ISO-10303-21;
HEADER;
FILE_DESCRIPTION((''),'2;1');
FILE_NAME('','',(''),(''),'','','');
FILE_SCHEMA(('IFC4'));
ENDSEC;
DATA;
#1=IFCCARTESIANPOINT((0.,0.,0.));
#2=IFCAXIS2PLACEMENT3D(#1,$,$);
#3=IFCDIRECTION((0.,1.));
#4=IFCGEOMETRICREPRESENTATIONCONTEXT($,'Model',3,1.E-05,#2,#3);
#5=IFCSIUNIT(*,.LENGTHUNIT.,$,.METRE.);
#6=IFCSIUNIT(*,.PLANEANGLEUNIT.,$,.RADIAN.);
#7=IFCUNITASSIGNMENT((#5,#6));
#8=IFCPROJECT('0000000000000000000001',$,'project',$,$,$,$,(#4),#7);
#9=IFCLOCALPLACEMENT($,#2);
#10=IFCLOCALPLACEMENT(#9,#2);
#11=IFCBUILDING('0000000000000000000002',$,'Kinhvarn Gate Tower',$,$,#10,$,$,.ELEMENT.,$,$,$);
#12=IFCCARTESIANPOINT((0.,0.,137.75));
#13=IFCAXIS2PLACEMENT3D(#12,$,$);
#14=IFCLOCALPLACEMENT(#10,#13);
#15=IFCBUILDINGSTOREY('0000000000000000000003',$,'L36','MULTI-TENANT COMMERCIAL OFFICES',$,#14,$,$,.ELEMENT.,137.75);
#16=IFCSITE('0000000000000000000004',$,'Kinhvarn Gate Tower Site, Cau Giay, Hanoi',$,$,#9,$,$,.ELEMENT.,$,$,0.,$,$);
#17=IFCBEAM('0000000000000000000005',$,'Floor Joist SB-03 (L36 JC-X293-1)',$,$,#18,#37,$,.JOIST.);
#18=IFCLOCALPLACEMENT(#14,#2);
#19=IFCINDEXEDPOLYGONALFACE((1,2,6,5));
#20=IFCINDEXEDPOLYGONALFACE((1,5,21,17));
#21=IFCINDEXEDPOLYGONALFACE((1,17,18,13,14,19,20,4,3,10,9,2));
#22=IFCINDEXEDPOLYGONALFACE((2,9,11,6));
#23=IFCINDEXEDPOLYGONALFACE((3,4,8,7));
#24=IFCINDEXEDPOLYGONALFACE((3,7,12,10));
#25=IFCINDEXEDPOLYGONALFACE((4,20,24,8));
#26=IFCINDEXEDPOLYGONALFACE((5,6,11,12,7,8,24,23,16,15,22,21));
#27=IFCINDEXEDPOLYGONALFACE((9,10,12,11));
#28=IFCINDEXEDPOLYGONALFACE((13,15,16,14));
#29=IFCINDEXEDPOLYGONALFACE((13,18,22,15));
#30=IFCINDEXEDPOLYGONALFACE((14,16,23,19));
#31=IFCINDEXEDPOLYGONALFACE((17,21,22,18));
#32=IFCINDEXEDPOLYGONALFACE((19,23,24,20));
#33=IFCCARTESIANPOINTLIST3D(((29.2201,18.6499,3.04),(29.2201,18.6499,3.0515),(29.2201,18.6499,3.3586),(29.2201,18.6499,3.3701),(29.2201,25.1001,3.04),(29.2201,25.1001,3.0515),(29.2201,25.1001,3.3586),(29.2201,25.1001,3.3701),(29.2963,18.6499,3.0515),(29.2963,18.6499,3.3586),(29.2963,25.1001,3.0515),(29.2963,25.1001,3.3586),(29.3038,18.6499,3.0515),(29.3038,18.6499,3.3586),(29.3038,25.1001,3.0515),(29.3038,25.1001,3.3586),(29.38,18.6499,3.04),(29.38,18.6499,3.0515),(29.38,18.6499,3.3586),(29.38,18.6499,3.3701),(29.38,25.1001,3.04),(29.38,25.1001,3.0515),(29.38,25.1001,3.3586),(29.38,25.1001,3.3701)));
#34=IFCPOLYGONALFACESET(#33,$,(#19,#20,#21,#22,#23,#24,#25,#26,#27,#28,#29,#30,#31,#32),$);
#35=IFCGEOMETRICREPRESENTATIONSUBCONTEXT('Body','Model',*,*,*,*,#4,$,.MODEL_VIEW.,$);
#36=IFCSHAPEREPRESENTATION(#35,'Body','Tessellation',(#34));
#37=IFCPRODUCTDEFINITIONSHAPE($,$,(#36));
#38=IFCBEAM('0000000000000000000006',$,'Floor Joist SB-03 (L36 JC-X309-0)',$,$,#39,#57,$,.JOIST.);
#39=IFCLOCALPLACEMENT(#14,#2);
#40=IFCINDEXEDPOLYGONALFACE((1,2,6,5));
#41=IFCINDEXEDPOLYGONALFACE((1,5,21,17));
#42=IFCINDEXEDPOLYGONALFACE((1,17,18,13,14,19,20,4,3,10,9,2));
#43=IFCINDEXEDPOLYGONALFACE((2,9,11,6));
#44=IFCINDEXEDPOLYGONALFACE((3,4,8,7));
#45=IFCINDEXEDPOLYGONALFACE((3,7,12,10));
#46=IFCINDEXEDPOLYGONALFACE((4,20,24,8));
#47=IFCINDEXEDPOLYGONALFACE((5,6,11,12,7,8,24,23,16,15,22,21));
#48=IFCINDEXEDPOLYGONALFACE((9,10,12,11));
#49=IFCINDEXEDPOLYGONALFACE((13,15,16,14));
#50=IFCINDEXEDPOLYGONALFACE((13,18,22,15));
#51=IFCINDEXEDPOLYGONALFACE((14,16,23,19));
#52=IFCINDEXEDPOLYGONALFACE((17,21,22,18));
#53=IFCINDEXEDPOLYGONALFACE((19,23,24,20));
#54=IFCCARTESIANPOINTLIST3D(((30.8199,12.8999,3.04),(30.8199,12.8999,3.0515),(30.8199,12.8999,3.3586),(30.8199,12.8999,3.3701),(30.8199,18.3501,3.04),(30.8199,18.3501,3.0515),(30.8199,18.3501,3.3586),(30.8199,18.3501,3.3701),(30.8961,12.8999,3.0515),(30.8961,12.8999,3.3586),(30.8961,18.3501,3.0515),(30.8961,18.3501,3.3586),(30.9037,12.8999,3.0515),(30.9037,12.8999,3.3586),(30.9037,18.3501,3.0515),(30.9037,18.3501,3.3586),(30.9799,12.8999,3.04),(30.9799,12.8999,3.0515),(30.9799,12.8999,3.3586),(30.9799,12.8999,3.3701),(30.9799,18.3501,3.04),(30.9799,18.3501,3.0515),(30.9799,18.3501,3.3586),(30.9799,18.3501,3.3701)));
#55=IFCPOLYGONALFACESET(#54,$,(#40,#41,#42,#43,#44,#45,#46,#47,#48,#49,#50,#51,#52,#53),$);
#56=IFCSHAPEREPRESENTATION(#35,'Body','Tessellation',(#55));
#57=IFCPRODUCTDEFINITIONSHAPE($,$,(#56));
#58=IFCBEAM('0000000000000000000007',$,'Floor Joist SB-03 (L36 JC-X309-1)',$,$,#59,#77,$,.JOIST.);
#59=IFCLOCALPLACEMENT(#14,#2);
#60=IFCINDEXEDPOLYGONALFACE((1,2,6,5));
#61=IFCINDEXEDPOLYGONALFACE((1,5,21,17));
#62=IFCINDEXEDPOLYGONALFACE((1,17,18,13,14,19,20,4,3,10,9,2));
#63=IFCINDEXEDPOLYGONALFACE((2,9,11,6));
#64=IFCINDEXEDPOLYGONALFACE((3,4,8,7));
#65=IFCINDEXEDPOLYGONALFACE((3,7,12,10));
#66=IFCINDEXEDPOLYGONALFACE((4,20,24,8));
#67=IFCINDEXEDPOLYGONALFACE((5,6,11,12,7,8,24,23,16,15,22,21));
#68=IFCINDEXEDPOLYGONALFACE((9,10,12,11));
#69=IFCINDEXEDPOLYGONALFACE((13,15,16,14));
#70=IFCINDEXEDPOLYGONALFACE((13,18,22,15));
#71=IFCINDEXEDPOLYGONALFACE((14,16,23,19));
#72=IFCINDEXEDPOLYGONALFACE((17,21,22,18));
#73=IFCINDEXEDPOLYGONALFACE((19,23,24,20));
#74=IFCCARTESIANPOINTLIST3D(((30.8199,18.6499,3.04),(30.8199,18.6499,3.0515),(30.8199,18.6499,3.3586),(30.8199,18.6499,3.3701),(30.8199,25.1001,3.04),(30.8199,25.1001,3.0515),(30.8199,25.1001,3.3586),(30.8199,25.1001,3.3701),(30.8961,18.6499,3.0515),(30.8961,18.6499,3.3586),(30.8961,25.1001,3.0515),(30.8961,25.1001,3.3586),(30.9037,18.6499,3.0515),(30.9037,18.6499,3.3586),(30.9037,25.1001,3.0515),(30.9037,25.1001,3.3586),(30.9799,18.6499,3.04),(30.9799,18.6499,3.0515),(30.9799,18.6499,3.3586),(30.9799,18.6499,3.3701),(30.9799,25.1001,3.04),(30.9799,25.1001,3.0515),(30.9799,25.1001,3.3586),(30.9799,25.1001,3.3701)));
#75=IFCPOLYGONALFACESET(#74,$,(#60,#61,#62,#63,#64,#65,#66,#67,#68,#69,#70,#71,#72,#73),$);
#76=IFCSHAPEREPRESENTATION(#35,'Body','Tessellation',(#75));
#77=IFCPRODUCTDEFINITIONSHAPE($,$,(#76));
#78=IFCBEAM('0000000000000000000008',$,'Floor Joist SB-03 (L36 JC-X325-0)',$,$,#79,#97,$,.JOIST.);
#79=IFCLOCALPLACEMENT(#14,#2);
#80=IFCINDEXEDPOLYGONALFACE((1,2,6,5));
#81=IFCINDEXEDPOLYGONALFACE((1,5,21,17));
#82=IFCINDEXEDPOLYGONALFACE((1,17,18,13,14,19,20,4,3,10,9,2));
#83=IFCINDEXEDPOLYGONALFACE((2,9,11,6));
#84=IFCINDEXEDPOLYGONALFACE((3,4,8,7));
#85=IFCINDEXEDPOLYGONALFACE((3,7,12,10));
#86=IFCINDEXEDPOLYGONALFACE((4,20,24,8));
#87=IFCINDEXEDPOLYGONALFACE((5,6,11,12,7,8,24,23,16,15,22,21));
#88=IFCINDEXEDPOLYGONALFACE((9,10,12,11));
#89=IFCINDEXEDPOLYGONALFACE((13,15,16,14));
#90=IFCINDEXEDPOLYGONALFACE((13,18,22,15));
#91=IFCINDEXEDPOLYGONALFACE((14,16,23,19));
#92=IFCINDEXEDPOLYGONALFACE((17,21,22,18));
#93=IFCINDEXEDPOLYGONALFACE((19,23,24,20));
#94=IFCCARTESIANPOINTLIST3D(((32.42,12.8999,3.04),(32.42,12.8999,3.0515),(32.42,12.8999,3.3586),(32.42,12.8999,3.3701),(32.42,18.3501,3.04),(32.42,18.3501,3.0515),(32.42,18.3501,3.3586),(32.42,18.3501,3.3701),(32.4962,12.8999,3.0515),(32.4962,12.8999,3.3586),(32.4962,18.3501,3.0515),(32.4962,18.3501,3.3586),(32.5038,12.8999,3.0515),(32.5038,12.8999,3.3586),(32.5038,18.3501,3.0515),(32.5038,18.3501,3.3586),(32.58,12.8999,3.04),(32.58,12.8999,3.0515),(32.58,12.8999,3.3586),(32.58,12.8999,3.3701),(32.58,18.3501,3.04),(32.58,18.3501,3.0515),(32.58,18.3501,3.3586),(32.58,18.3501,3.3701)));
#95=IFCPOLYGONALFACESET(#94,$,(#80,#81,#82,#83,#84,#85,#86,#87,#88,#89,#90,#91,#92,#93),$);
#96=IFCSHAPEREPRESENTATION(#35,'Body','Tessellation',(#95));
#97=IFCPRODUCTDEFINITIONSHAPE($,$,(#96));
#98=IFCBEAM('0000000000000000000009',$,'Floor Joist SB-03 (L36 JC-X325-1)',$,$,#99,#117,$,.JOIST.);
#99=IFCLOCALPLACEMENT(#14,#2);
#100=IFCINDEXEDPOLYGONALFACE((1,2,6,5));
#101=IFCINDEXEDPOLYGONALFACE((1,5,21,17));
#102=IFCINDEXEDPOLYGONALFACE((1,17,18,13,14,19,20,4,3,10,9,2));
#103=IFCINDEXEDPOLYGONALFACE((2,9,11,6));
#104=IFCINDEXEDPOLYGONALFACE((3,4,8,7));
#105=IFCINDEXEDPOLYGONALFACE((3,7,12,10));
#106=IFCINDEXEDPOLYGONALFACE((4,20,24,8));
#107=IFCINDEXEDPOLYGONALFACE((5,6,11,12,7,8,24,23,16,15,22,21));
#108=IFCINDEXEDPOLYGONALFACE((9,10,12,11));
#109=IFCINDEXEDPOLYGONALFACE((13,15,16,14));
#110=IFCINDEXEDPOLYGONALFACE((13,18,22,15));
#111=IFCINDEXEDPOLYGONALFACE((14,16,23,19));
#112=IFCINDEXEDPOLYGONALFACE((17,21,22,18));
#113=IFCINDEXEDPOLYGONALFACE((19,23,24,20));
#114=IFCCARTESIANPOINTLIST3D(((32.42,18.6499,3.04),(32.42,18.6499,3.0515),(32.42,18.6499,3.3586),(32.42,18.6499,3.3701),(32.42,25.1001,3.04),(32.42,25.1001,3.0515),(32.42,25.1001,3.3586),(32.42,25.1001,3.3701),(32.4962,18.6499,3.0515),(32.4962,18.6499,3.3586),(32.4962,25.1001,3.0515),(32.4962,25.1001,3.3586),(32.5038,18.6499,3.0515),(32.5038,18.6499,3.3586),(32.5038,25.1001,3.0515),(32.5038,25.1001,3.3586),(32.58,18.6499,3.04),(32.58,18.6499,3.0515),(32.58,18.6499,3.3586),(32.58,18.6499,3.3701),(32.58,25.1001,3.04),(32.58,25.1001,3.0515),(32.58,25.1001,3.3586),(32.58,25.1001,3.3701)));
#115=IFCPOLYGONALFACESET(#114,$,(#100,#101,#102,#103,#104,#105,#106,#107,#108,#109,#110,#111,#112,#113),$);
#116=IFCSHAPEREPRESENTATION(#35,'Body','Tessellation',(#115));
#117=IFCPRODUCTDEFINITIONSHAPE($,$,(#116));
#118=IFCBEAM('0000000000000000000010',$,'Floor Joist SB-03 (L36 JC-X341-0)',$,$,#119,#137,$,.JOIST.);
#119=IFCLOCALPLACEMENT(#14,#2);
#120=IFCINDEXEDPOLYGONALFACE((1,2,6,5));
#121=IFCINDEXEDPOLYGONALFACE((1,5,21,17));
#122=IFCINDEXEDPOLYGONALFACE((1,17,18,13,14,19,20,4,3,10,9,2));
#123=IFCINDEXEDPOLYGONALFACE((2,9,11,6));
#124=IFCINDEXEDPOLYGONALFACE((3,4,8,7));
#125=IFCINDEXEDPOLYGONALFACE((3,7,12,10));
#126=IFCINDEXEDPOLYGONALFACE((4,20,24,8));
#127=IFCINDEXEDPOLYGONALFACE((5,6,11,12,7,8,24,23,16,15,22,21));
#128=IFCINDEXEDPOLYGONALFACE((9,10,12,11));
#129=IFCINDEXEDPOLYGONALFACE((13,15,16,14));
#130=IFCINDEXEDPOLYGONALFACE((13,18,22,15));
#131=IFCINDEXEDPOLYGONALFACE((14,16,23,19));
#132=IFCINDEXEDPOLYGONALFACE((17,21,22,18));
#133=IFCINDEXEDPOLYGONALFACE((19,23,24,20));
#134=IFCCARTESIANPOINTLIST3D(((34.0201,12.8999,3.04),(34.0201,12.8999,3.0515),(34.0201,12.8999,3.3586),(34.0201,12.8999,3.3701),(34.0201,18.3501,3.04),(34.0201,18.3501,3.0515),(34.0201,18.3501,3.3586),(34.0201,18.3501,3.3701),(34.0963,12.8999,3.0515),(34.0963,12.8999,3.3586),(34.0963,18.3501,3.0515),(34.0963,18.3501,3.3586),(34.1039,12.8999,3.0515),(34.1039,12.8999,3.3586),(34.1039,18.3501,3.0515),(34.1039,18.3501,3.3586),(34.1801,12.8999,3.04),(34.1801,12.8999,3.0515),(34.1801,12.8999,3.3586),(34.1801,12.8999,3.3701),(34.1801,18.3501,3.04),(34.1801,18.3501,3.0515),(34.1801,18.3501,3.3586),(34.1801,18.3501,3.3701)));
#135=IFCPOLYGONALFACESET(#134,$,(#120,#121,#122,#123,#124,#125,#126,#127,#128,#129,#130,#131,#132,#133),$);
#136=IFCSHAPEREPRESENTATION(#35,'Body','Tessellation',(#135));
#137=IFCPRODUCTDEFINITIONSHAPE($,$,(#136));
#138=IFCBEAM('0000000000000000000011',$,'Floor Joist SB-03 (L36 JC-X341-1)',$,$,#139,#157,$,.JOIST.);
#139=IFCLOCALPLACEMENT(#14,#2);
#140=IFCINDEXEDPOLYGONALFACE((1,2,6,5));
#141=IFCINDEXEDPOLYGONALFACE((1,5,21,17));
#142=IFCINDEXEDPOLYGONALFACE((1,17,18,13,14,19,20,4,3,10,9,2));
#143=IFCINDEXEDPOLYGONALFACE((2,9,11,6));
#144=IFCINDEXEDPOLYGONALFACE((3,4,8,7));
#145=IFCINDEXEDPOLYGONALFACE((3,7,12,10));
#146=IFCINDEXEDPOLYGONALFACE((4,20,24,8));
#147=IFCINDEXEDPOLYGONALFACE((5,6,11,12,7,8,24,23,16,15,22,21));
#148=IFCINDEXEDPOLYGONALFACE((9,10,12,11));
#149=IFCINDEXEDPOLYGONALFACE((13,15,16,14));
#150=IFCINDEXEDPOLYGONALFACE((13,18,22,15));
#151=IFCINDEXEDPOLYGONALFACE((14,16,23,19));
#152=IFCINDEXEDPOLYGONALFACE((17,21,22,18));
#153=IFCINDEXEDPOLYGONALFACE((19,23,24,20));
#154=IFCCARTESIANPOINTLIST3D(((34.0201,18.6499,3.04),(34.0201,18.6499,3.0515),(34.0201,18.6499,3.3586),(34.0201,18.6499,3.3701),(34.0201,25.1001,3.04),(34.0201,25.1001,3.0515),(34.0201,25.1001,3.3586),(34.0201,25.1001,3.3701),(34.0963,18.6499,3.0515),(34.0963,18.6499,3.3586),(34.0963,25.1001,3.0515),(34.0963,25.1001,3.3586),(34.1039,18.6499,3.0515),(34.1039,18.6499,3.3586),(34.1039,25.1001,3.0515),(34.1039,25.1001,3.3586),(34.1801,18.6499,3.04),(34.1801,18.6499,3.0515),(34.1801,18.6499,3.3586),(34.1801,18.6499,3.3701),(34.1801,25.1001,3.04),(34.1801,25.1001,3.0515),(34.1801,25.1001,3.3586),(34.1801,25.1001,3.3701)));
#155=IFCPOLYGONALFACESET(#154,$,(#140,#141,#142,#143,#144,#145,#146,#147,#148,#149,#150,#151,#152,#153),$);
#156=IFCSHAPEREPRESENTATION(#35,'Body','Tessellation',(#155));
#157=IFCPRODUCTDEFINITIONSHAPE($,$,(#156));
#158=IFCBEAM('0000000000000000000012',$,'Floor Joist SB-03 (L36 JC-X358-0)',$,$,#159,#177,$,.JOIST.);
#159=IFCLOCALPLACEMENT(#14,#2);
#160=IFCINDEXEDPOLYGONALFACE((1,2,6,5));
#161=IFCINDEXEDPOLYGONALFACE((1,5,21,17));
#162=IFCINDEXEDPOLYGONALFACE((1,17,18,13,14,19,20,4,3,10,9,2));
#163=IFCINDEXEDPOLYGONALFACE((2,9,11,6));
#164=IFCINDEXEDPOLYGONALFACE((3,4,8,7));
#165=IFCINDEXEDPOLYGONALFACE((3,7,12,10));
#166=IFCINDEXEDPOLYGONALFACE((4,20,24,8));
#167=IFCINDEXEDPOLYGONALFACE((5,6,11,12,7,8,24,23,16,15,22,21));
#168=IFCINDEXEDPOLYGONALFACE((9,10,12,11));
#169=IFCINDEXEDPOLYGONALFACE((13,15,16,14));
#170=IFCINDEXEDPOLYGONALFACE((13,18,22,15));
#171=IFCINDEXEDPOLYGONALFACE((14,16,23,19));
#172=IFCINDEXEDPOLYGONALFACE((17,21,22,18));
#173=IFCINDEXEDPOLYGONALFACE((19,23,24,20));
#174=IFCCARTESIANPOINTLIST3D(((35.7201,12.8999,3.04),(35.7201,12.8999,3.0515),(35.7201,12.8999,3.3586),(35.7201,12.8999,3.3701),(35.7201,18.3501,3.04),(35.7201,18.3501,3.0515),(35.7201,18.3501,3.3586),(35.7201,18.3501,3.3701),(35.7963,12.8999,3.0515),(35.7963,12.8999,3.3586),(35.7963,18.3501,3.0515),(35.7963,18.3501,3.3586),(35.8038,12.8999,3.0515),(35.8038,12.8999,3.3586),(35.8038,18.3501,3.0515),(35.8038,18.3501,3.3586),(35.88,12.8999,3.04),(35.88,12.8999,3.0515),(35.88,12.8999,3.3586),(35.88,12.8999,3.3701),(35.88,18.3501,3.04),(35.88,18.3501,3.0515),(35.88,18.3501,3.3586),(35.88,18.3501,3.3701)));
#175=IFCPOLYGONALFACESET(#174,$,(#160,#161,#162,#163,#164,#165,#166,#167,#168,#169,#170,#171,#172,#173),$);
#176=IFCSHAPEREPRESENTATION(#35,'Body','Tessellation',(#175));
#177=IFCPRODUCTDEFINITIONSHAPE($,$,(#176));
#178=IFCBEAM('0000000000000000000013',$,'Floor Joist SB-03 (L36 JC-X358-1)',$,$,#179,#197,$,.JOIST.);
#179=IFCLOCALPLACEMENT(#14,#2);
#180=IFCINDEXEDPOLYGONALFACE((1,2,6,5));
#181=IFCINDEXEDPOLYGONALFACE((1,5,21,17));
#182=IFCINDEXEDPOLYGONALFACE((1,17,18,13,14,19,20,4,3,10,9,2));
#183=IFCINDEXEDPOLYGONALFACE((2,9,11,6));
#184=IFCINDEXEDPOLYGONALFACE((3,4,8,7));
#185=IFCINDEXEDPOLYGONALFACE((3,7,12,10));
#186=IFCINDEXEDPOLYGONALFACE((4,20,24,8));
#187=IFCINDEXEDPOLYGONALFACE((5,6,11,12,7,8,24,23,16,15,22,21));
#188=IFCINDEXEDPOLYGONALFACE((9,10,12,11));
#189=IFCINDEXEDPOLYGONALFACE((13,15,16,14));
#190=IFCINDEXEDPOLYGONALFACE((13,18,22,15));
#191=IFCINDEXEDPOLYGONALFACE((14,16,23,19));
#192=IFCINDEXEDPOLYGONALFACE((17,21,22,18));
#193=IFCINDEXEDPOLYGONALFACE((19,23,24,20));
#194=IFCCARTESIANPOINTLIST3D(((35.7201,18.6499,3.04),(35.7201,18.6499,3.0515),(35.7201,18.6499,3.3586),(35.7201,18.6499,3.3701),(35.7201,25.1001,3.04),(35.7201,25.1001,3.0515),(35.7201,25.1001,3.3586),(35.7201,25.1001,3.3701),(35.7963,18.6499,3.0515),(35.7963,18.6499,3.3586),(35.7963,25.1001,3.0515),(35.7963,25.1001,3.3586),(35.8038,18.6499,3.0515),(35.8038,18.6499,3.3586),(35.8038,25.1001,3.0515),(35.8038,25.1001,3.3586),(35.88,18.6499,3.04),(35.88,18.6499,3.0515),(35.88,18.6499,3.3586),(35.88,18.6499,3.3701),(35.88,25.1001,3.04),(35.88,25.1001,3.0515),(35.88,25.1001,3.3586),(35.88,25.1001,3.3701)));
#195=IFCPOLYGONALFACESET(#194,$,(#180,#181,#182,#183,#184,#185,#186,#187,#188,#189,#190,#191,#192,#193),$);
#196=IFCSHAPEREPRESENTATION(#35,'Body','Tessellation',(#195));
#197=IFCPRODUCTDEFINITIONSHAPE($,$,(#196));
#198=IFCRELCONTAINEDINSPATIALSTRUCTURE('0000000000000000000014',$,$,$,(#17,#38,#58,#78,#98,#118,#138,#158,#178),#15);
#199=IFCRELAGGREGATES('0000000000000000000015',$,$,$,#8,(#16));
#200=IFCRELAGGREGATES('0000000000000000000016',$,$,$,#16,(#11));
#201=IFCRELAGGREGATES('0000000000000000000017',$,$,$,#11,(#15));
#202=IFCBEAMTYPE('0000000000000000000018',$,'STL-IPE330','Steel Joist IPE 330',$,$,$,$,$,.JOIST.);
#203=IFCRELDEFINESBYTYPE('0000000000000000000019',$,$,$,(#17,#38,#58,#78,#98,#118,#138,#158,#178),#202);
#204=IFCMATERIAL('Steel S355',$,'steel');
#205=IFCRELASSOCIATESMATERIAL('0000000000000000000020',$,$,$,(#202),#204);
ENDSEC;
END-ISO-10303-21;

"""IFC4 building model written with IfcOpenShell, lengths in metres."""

from ifc_helpers import new_model, si_unit, direction, frame, origin, origin_2d, place, context, subcontext, project, spatial, i_section, extrude, material, material_profile, profile_set, type_object, element, save


model = new_model("IFC4")

# Units and contexts
model_context = context("Model", 3, precision=1e-05, world=origin(), true_north=direction((0.0, 1.0)))
body_context = subcontext(model_context, "Body", "Model", "MODEL_VIEW")
ifc_project = project(units=[si_unit("LENGTHUNIT", "METRE"), si_unit("PLANEANGLEUNIT", "RADIAN")], contexts=[model_context])

# Site, building, storey
site_placement = place(None, origin())
site = spatial("IfcSite", under=ifc_project, at=site_placement, Name="Kinhvarn Gate Tower Site, Cau Giay, Hanoi", CompositionType="ELEMENT", RefElevation=0.0)
building_placement = place(site_placement, origin())
building = spatial("IfcBuilding", under=site, at=building_placement, Name="Kinhvarn Gate Tower", CompositionType="ELEMENT")
storey_placement = place(building_placement, frame((0.0, 0.0, 137.75)))
storey = spatial("IfcBuildingStorey", under=building, at=storey_placement, Name="L36", Description="MULTI-TENANT COMMERCIAL OFFICES", CompositionType="ELEMENT", Elevation=137.75)

# Beams
ifc_material_1 = material(Name="Steel S355", Category="steel")
ifc_material_profile_1 = material_profile(ifc_material_1, i_section(OverallWidth=0.1599, OverallDepth=0.3301, WebThickness=0.0076, FlangeThickness=0.0115, at=origin_2d()), Name="IPE 330")
ifc_profile_set_1 = profile_set([ifc_material_profile_1], Name="Steel S355")
beam_type_1 = type_object("IfcBeamType", Name="STL-IPE330", Description="Steel Joist IPE 330", PredefinedType="JOIST", material=ifc_profile_set_1)
beam_1_placement = place(storey_placement, frame((29.3, 18.6499, 3.2051), z_axis=(0.0, 1.0, 0.0), x_axis=(-1.0, 0.0, 0.0)))
element("IfcBeam", 1, at=beam_1_placement, inside=storey, type_object=beam_type_1, Name="Floor Joist SB-03 (L36 JC-X293-1)", PredefinedType="JOIST", context=body_context, shape_type="SweptSolid", body=[
    extrude(i_section(OverallWidth=0.1599, OverallDepth=0.3301, WebThickness=0.0076, FlangeThickness=0.0115, at=origin_2d()), origin(), (0.0, 0.0, 1.0), 6.4502),
])
beam_2_placement = place(storey_placement, frame((30.8999, 12.8999, 3.2051), z_axis=(0.0, 1.0, 0.0), x_axis=(-1.0, 0.0, 0.0)))
element("IfcBeam", 2, at=beam_2_placement, inside=storey, type_object=beam_type_1, Name="Floor Joist SB-03 (L36 JC-X309-0)", PredefinedType="JOIST", context=body_context, shape_type="SweptSolid", body=[
    extrude(i_section(OverallWidth=0.1599, OverallDepth=0.3301, WebThickness=0.0076, FlangeThickness=0.0115, at=origin_2d()), origin(), (0.0, 0.0, 1.0), 5.4502),
])
beam_3_placement = place(storey_placement, frame((30.8999, 18.6499, 3.2051), z_axis=(0.0, 1.0, 0.0), x_axis=(-1.0, 0.0, 0.0)))
element("IfcBeam", 3, at=beam_3_placement, inside=storey, type_object=beam_type_1, Name="Floor Joist SB-03 (L36 JC-X309-1)", PredefinedType="JOIST", context=body_context, shape_type="SweptSolid", body=[
    extrude(i_section(OverallWidth=0.1599, OverallDepth=0.3301, WebThickness=0.0076, FlangeThickness=0.0115, at=origin_2d()), origin(), (0.0, 0.0, 1.0), 6.4502),
])
beam_4_placement = place(storey_placement, frame((32.5, 12.8999, 3.2051), z_axis=(0.0, 1.0, 0.0), x_axis=(-1.0, 0.0, 0.0)))
element("IfcBeam", 4, at=beam_4_placement, inside=storey, type_object=beam_type_1, Name="Floor Joist SB-03 (L36 JC-X325-0)", PredefinedType="JOIST", context=body_context, shape_type="SweptSolid", body=[
    extrude(i_section(OverallWidth=0.1599, OverallDepth=0.3301, WebThickness=0.0076, FlangeThickness=0.0115, at=origin_2d()), origin(), (0.0, 0.0, 1.0), 5.4502),
])
beam_5_placement = place(storey_placement, frame((32.5, 18.6499, 3.2051), z_axis=(0.0, 1.0, 0.0), x_axis=(-1.0, 0.0, 0.0)))
element("IfcBeam", 5, at=beam_5_placement, inside=storey, type_object=beam_type_1, Name="Floor Joist SB-03 (L36 JC-X325-1)", PredefinedType="JOIST", context=body_context, shape_type="SweptSolid", body=[
    extrude(i_section(OverallWidth=0.1599, OverallDepth=0.3301, WebThickness=0.0076, FlangeThickness=0.0115, at=origin_2d()), origin(), (0.0, 0.0, 1.0), 6.4502),
])
beam_6_placement = place(storey_placement, frame((34.1001, 12.8999, 3.2051), z_axis=(0.0, 1.0, 0.0), x_axis=(-1.0, 0.0, 0.0)))
element("IfcBeam", 6, at=beam_6_placement, inside=storey, type_object=beam_type_1, Name="Floor Joist SB-03 (L36 JC-X341-0)", PredefinedType="JOIST", context=body_context, shape_type="SweptSolid", body=[
    extrude(i_section(OverallWidth=0.1599, OverallDepth=0.3301, WebThickness=0.0076, FlangeThickness=0.0115, at=origin_2d()), origin(), (0.0, 0.0, 1.0), 5.4502),
])
beam_7_placement = place(storey_placement, frame((34.1001, 18.6499, 3.2051), z_axis=(0.0, 1.0, 0.0), x_axis=(-1.0, 0.0, 0.0)))
element("IfcBeam", 7, at=beam_7_placement, inside=storey, type_object=beam_type_1, Name="Floor Joist SB-03 (L36 JC-X341-1)", PredefinedType="JOIST", context=body_context, shape_type="SweptSolid", body=[
    extrude(i_section(OverallWidth=0.1599, OverallDepth=0.3301, WebThickness=0.0076, FlangeThickness=0.0115, at=origin_2d()), origin(), (0.0, 0.0, 1.0), 6.4502),
])
beam_8_placement = place(storey_placement, frame((35.8, 12.8999, 3.2051), z_axis=(0.0, 1.0, 0.0), x_axis=(-1.0, 0.0, 0.0)))
element("IfcBeam", 8, at=beam_8_placement, inside=storey, type_object=beam_type_1, Name="Floor Joist SB-03 (L36 JC-X358-0)", PredefinedType="JOIST", context=body_context, shape_type="SweptSolid", body=[
    extrude(i_section(OverallWidth=0.1599, OverallDepth=0.3301, WebThickness=0.0076, FlangeThickness=0.0115, at=origin_2d()), origin(), (0.0, 0.0, 1.0), 5.4502),
])
beam_9_placement = place(storey_placement, frame((35.8, 18.6499, 3.2051), z_axis=(0.0, 1.0, 0.0), x_axis=(-1.0, 0.0, 0.0)))
element("IfcBeam", 9, at=beam_9_placement, inside=storey, type_object=beam_type_1, Name="Floor Joist SB-03 (L36 JC-X358-1)", PredefinedType="JOIST", context=body_context, shape_type="SweptSolid", body=[
    extrude(i_section(OverallWidth=0.1599, OverallDepth=0.3301, WebThickness=0.0076, FlangeThickness=0.0115, at=origin_2d()), origin(), (0.0, 0.0, 1.0), 6.4502),
])

save(model, "model.ifc")
